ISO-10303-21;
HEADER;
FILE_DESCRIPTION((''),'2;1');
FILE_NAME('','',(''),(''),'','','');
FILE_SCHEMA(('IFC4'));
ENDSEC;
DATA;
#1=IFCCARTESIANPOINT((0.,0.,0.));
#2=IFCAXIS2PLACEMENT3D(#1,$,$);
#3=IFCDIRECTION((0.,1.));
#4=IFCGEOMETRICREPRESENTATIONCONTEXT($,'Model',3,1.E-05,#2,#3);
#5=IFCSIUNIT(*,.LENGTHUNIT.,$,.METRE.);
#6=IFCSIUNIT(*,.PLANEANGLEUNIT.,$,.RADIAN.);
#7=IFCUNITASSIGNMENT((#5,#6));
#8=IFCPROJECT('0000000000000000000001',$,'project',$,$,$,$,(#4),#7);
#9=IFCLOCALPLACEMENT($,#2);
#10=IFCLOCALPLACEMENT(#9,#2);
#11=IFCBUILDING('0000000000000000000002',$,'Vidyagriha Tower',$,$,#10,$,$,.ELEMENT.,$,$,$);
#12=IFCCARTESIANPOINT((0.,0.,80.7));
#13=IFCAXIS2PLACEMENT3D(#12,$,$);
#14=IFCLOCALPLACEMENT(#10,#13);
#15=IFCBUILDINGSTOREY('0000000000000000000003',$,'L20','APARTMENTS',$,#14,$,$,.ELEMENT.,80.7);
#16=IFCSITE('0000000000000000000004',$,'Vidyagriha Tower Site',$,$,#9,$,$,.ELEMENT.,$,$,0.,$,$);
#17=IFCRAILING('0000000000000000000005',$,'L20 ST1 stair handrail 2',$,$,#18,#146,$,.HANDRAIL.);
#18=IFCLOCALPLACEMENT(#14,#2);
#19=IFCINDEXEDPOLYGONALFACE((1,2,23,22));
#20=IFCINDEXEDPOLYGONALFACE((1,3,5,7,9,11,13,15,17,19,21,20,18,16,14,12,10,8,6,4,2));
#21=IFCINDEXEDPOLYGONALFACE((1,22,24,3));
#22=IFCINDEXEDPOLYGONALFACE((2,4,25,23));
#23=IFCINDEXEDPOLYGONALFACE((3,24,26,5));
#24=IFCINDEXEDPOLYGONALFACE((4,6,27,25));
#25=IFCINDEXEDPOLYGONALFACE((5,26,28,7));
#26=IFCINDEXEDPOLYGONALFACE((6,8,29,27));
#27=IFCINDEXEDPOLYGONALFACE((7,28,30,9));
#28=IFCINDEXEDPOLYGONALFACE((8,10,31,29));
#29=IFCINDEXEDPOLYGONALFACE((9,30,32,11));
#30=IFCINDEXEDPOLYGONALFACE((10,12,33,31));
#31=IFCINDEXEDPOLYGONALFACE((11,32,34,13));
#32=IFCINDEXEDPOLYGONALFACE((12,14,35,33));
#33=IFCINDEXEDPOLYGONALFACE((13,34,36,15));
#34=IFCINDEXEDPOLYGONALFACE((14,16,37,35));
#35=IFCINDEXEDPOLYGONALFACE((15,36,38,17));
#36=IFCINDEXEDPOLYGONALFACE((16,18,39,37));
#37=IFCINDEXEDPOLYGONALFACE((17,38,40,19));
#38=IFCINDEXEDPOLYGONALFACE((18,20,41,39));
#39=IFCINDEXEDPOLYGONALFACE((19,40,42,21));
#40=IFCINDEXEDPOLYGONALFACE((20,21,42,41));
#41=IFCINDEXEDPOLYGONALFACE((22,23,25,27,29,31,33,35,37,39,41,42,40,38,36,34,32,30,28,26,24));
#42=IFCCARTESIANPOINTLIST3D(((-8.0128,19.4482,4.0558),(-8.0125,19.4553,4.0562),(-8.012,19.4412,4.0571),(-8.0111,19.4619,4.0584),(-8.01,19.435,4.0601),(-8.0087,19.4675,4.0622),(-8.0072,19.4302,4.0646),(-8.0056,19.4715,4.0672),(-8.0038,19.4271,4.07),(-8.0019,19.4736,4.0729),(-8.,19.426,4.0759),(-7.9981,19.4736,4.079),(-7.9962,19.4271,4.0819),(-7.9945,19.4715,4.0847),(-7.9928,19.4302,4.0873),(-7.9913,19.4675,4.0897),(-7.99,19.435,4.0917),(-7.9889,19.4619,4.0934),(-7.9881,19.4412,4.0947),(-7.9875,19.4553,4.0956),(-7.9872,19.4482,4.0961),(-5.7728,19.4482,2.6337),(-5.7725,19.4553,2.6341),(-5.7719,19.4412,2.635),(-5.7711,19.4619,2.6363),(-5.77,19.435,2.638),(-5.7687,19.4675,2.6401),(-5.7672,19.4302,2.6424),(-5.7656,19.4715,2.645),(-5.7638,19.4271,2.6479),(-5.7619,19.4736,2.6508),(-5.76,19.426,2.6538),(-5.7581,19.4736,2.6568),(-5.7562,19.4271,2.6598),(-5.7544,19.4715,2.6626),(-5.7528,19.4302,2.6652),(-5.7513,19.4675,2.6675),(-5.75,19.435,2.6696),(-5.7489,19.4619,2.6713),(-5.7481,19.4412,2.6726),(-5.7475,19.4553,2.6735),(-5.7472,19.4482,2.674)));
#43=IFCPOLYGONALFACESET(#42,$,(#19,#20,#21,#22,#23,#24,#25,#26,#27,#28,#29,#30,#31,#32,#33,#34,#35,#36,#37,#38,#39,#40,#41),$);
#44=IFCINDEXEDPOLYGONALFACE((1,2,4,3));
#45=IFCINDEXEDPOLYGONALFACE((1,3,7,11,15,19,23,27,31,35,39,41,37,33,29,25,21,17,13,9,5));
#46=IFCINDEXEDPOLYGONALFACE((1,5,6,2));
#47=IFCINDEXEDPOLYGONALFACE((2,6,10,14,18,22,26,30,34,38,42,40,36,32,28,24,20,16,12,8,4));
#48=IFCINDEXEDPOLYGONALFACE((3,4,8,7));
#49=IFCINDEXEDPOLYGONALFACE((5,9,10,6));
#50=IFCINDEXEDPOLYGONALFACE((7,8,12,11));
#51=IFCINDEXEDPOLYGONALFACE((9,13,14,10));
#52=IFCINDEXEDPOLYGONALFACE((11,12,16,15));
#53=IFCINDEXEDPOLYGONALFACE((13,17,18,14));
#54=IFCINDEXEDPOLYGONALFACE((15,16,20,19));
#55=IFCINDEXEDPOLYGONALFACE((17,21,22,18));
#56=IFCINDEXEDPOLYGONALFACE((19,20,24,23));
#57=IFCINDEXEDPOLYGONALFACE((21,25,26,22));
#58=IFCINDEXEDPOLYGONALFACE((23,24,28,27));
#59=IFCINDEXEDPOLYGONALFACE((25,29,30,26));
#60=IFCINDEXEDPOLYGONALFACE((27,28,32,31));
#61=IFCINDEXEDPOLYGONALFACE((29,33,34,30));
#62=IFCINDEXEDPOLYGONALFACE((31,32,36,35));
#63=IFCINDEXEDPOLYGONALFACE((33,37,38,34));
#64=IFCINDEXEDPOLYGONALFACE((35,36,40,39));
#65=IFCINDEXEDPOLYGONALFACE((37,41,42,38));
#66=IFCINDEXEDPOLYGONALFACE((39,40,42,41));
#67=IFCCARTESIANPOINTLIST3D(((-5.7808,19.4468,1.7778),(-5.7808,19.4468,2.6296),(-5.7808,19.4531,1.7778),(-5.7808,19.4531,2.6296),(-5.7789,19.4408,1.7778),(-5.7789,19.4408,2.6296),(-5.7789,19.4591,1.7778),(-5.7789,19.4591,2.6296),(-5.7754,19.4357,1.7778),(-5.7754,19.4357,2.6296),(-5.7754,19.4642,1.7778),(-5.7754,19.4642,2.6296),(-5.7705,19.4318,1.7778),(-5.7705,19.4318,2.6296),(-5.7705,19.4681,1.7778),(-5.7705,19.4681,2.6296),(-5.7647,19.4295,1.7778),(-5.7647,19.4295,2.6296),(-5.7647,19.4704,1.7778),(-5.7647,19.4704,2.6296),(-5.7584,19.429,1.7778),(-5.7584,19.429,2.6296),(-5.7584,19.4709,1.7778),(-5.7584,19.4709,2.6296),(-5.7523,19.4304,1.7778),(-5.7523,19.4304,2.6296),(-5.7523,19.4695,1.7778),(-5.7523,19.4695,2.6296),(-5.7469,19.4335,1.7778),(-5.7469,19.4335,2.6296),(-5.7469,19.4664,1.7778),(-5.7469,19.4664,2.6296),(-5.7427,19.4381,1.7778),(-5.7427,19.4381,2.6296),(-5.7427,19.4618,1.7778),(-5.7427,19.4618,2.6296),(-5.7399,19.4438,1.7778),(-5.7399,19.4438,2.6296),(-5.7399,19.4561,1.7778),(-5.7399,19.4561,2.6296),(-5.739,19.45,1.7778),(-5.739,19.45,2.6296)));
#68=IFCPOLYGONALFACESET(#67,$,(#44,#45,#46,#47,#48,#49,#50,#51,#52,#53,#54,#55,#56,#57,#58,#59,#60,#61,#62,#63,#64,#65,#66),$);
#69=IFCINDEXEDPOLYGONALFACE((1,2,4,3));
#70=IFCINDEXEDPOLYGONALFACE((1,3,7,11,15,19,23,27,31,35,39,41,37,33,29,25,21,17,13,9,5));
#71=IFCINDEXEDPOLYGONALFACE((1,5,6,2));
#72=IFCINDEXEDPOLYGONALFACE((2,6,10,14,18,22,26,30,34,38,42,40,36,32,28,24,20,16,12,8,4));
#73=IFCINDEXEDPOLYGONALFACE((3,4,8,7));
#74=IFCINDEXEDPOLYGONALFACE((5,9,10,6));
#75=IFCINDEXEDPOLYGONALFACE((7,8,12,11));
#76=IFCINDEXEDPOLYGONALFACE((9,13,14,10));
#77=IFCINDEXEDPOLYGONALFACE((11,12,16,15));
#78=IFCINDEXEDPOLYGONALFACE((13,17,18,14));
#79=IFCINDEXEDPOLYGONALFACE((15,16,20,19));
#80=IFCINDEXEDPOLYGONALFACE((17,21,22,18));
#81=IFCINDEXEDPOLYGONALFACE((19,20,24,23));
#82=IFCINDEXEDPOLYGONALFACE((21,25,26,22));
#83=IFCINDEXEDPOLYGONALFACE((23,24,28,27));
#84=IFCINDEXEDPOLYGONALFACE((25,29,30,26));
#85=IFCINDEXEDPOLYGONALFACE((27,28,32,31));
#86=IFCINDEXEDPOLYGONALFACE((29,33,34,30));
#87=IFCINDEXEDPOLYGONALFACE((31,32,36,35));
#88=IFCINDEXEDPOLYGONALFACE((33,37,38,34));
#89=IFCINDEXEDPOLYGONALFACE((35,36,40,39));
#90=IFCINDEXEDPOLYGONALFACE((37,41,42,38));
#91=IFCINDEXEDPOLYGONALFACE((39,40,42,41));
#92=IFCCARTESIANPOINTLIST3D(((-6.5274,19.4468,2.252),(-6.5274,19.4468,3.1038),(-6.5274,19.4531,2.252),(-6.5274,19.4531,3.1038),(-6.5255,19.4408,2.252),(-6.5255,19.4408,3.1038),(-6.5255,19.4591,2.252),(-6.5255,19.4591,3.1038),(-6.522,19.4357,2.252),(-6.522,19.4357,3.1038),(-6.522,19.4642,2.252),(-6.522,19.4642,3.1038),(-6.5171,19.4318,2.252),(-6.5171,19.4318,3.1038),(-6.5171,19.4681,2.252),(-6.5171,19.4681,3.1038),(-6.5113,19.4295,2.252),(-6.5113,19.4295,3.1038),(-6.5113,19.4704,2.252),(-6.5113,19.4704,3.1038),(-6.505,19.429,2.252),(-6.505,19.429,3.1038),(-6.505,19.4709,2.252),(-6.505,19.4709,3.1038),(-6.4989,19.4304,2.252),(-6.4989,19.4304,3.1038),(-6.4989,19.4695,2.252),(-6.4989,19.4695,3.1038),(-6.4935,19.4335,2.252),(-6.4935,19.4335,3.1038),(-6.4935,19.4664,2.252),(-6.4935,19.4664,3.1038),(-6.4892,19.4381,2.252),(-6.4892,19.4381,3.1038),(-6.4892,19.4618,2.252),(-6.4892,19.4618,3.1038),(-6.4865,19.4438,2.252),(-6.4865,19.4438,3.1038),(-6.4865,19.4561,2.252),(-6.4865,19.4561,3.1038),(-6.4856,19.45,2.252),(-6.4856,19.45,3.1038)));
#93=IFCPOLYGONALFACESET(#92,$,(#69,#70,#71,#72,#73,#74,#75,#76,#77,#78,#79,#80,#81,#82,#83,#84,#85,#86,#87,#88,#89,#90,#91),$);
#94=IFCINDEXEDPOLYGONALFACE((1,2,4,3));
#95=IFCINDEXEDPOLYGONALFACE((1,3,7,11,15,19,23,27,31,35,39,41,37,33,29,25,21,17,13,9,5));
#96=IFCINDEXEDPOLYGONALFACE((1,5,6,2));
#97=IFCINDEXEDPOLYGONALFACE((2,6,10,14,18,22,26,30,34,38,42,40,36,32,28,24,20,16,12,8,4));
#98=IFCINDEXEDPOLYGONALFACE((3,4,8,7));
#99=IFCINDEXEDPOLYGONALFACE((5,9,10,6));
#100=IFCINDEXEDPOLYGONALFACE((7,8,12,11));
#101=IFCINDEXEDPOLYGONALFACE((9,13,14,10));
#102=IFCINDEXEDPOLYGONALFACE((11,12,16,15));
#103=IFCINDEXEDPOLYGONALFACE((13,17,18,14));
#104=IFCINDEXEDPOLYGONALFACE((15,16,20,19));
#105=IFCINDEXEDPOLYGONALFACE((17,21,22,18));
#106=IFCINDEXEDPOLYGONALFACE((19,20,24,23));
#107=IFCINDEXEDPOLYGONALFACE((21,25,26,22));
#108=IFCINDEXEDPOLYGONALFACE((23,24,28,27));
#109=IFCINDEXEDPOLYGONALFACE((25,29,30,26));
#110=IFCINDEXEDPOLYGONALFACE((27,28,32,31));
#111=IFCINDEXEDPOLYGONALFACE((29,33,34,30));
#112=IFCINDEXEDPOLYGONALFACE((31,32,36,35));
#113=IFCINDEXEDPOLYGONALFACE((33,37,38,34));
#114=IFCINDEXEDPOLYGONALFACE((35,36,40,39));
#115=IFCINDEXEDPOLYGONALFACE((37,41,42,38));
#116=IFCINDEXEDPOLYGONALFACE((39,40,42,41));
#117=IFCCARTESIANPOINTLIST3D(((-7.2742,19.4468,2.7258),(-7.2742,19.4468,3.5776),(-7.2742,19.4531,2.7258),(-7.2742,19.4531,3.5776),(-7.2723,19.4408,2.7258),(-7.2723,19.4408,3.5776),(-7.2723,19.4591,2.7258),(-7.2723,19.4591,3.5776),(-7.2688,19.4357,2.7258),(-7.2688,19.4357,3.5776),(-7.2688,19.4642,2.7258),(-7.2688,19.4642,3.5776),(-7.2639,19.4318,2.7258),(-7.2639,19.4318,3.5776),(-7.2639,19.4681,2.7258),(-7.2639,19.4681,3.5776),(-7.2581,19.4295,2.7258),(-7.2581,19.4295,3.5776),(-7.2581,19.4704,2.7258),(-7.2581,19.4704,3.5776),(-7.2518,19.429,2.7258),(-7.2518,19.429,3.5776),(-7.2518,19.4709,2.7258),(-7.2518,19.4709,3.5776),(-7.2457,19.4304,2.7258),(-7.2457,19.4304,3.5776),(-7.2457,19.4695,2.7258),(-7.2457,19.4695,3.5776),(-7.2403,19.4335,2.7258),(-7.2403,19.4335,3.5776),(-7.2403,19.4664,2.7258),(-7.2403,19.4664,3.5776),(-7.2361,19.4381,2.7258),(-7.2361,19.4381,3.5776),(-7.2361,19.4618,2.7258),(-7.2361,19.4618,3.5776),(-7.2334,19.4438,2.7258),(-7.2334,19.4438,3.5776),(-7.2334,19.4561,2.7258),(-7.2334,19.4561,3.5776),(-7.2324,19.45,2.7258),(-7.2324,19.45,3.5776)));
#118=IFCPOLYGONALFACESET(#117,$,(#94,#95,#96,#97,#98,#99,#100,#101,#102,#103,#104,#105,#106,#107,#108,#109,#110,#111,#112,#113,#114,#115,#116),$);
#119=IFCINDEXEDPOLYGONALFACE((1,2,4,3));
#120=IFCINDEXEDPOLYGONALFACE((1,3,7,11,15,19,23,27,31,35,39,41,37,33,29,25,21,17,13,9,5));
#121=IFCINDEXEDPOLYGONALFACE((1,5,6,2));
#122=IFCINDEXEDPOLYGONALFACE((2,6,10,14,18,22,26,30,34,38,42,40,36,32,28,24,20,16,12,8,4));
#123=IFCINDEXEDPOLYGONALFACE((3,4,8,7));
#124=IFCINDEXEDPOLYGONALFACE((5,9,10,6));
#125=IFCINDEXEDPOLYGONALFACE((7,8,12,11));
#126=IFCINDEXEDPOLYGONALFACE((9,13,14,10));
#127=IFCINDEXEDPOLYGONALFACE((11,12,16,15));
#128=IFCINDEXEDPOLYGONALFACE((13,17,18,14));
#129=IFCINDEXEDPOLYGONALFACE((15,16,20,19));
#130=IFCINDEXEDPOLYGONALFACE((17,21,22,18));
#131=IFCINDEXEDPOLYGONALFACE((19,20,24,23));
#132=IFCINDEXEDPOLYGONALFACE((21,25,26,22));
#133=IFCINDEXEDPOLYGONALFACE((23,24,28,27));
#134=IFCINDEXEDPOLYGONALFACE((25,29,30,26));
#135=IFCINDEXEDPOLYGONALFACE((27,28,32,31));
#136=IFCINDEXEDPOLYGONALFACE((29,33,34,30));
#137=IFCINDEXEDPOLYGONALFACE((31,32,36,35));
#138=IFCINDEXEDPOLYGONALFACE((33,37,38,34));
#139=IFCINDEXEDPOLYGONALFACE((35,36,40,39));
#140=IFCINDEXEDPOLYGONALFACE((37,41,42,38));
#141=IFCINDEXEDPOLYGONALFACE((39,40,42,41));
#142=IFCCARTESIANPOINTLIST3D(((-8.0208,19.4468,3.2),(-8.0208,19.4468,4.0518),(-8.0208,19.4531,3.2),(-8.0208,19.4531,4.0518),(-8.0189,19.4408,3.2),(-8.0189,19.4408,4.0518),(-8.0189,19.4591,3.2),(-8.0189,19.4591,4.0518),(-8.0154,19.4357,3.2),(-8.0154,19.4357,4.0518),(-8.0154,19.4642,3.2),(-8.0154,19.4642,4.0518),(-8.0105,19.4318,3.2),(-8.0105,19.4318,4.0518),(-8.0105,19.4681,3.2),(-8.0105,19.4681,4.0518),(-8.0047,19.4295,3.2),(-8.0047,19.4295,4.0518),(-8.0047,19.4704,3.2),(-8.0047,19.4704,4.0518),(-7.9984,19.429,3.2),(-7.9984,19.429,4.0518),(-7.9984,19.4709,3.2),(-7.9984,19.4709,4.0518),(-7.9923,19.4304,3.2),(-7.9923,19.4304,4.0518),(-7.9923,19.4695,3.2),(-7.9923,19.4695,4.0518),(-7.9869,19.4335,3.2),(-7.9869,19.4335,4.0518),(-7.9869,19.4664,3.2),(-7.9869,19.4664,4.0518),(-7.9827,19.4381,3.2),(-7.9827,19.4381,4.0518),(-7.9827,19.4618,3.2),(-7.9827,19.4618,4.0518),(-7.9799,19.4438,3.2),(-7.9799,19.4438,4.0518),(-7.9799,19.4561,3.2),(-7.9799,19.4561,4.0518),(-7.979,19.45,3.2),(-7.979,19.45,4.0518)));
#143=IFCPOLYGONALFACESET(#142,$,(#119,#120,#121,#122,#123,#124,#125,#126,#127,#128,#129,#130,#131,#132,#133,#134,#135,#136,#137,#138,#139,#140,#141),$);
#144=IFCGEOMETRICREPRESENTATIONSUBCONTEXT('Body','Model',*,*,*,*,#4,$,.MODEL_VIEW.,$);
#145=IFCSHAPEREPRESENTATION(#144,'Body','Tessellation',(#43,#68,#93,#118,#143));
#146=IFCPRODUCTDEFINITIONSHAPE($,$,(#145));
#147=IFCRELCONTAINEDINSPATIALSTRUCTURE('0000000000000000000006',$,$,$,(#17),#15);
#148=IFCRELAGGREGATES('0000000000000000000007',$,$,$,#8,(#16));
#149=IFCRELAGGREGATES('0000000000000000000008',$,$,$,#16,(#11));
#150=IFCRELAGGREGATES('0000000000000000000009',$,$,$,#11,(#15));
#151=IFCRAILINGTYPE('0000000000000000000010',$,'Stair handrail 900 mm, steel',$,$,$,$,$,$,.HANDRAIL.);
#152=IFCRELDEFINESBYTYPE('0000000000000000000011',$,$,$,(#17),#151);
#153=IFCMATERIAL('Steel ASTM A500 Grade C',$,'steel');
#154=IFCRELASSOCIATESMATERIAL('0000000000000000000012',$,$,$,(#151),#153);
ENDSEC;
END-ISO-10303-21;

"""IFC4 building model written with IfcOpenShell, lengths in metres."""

from ifc_helpers import new_model, si_unit, direction, frame, origin, origin_2d, place, context, subcontext, project, spatial, circle, extrude, material, type_object, element, save


model = new_model("IFC4")

# Units and contexts
model_context = context("Model", 3, precision=1e-05, world=origin(), true_north=direction((0.0, 1.0)))
body_context = subcontext(model_context, "Body", "Model", "MODEL_VIEW")
ifc_project = project(units=[si_unit("LENGTHUNIT", "METRE"), si_unit("PLANEANGLEUNIT", "RADIAN")], contexts=[model_context])

# Site, building, storey
site_placement = place(None, origin())
site = spatial("IfcSite", under=ifc_project, at=site_placement, Name="Vidyagriha Tower Site", CompositionType="ELEMENT", RefElevation=0.0)
building_placement = place(site_placement, origin())
building = spatial("IfcBuilding", under=site, at=building_placement, Name="Vidyagriha Tower", CompositionType="ELEMENT")
storey_placement = place(building_placement, frame((0.0, 0.0, 80.7)))
storey = spatial("IfcBuildingStorey", under=building, at=storey_placement, Name="L20", Description="APARTMENTS", CompositionType="ELEMENT", Elevation=80.7)

# Railing
ifc_material_1 = material(Name="Steel ASTM A500 Grade C", Category="steel")
railing_type_1 = type_object("IfcRailingType", Name="Stair handrail 900 mm, steel", PredefinedType="HANDRAIL", material=ifc_material_1)
railing_1_placement = place(storey_placement, frame((-5.76, 19.45, 1.7778)))
element("IfcRailing", 1, at=railing_1_placement, inside=storey, type_object=railing_type_1, Name="L20 ST1 stair handrail 2", PredefinedType="HANDRAIL", context=body_context, shape_type="SweptSolid", body=[
    extrude(circle(Radius=0.0239, at=origin_2d()), frame((0.0, 0.0, 0.876), z_axis=(-0.844229, 0.0, 0.535982), x_axis=(0.0, -1.0, 0.0)), (0.0, 0.0, 1.0), 2.6533),
    extrude(circle(Radius=0.021, at=origin_2d()), origin(), (0.0, 0.0, 1.0), 0.8518),
    extrude(circle(Radius=0.021, at=origin_2d()), frame((-0.7466, 0.0, 0.4741)), (0.0, 0.0, 1.0), 0.8518),
    extrude(circle(Radius=0.021, at=origin_2d()), frame((-1.4934, 0.0, 0.948)), (0.0, 0.0, 1.0), 0.8518),
    extrude(circle(Radius=0.021, at=origin_2d()), frame((-2.24, 0.0, 1.4221)), (0.0, 0.0, 1.0), 0.8518),
])

save(model, "model.ifc")
